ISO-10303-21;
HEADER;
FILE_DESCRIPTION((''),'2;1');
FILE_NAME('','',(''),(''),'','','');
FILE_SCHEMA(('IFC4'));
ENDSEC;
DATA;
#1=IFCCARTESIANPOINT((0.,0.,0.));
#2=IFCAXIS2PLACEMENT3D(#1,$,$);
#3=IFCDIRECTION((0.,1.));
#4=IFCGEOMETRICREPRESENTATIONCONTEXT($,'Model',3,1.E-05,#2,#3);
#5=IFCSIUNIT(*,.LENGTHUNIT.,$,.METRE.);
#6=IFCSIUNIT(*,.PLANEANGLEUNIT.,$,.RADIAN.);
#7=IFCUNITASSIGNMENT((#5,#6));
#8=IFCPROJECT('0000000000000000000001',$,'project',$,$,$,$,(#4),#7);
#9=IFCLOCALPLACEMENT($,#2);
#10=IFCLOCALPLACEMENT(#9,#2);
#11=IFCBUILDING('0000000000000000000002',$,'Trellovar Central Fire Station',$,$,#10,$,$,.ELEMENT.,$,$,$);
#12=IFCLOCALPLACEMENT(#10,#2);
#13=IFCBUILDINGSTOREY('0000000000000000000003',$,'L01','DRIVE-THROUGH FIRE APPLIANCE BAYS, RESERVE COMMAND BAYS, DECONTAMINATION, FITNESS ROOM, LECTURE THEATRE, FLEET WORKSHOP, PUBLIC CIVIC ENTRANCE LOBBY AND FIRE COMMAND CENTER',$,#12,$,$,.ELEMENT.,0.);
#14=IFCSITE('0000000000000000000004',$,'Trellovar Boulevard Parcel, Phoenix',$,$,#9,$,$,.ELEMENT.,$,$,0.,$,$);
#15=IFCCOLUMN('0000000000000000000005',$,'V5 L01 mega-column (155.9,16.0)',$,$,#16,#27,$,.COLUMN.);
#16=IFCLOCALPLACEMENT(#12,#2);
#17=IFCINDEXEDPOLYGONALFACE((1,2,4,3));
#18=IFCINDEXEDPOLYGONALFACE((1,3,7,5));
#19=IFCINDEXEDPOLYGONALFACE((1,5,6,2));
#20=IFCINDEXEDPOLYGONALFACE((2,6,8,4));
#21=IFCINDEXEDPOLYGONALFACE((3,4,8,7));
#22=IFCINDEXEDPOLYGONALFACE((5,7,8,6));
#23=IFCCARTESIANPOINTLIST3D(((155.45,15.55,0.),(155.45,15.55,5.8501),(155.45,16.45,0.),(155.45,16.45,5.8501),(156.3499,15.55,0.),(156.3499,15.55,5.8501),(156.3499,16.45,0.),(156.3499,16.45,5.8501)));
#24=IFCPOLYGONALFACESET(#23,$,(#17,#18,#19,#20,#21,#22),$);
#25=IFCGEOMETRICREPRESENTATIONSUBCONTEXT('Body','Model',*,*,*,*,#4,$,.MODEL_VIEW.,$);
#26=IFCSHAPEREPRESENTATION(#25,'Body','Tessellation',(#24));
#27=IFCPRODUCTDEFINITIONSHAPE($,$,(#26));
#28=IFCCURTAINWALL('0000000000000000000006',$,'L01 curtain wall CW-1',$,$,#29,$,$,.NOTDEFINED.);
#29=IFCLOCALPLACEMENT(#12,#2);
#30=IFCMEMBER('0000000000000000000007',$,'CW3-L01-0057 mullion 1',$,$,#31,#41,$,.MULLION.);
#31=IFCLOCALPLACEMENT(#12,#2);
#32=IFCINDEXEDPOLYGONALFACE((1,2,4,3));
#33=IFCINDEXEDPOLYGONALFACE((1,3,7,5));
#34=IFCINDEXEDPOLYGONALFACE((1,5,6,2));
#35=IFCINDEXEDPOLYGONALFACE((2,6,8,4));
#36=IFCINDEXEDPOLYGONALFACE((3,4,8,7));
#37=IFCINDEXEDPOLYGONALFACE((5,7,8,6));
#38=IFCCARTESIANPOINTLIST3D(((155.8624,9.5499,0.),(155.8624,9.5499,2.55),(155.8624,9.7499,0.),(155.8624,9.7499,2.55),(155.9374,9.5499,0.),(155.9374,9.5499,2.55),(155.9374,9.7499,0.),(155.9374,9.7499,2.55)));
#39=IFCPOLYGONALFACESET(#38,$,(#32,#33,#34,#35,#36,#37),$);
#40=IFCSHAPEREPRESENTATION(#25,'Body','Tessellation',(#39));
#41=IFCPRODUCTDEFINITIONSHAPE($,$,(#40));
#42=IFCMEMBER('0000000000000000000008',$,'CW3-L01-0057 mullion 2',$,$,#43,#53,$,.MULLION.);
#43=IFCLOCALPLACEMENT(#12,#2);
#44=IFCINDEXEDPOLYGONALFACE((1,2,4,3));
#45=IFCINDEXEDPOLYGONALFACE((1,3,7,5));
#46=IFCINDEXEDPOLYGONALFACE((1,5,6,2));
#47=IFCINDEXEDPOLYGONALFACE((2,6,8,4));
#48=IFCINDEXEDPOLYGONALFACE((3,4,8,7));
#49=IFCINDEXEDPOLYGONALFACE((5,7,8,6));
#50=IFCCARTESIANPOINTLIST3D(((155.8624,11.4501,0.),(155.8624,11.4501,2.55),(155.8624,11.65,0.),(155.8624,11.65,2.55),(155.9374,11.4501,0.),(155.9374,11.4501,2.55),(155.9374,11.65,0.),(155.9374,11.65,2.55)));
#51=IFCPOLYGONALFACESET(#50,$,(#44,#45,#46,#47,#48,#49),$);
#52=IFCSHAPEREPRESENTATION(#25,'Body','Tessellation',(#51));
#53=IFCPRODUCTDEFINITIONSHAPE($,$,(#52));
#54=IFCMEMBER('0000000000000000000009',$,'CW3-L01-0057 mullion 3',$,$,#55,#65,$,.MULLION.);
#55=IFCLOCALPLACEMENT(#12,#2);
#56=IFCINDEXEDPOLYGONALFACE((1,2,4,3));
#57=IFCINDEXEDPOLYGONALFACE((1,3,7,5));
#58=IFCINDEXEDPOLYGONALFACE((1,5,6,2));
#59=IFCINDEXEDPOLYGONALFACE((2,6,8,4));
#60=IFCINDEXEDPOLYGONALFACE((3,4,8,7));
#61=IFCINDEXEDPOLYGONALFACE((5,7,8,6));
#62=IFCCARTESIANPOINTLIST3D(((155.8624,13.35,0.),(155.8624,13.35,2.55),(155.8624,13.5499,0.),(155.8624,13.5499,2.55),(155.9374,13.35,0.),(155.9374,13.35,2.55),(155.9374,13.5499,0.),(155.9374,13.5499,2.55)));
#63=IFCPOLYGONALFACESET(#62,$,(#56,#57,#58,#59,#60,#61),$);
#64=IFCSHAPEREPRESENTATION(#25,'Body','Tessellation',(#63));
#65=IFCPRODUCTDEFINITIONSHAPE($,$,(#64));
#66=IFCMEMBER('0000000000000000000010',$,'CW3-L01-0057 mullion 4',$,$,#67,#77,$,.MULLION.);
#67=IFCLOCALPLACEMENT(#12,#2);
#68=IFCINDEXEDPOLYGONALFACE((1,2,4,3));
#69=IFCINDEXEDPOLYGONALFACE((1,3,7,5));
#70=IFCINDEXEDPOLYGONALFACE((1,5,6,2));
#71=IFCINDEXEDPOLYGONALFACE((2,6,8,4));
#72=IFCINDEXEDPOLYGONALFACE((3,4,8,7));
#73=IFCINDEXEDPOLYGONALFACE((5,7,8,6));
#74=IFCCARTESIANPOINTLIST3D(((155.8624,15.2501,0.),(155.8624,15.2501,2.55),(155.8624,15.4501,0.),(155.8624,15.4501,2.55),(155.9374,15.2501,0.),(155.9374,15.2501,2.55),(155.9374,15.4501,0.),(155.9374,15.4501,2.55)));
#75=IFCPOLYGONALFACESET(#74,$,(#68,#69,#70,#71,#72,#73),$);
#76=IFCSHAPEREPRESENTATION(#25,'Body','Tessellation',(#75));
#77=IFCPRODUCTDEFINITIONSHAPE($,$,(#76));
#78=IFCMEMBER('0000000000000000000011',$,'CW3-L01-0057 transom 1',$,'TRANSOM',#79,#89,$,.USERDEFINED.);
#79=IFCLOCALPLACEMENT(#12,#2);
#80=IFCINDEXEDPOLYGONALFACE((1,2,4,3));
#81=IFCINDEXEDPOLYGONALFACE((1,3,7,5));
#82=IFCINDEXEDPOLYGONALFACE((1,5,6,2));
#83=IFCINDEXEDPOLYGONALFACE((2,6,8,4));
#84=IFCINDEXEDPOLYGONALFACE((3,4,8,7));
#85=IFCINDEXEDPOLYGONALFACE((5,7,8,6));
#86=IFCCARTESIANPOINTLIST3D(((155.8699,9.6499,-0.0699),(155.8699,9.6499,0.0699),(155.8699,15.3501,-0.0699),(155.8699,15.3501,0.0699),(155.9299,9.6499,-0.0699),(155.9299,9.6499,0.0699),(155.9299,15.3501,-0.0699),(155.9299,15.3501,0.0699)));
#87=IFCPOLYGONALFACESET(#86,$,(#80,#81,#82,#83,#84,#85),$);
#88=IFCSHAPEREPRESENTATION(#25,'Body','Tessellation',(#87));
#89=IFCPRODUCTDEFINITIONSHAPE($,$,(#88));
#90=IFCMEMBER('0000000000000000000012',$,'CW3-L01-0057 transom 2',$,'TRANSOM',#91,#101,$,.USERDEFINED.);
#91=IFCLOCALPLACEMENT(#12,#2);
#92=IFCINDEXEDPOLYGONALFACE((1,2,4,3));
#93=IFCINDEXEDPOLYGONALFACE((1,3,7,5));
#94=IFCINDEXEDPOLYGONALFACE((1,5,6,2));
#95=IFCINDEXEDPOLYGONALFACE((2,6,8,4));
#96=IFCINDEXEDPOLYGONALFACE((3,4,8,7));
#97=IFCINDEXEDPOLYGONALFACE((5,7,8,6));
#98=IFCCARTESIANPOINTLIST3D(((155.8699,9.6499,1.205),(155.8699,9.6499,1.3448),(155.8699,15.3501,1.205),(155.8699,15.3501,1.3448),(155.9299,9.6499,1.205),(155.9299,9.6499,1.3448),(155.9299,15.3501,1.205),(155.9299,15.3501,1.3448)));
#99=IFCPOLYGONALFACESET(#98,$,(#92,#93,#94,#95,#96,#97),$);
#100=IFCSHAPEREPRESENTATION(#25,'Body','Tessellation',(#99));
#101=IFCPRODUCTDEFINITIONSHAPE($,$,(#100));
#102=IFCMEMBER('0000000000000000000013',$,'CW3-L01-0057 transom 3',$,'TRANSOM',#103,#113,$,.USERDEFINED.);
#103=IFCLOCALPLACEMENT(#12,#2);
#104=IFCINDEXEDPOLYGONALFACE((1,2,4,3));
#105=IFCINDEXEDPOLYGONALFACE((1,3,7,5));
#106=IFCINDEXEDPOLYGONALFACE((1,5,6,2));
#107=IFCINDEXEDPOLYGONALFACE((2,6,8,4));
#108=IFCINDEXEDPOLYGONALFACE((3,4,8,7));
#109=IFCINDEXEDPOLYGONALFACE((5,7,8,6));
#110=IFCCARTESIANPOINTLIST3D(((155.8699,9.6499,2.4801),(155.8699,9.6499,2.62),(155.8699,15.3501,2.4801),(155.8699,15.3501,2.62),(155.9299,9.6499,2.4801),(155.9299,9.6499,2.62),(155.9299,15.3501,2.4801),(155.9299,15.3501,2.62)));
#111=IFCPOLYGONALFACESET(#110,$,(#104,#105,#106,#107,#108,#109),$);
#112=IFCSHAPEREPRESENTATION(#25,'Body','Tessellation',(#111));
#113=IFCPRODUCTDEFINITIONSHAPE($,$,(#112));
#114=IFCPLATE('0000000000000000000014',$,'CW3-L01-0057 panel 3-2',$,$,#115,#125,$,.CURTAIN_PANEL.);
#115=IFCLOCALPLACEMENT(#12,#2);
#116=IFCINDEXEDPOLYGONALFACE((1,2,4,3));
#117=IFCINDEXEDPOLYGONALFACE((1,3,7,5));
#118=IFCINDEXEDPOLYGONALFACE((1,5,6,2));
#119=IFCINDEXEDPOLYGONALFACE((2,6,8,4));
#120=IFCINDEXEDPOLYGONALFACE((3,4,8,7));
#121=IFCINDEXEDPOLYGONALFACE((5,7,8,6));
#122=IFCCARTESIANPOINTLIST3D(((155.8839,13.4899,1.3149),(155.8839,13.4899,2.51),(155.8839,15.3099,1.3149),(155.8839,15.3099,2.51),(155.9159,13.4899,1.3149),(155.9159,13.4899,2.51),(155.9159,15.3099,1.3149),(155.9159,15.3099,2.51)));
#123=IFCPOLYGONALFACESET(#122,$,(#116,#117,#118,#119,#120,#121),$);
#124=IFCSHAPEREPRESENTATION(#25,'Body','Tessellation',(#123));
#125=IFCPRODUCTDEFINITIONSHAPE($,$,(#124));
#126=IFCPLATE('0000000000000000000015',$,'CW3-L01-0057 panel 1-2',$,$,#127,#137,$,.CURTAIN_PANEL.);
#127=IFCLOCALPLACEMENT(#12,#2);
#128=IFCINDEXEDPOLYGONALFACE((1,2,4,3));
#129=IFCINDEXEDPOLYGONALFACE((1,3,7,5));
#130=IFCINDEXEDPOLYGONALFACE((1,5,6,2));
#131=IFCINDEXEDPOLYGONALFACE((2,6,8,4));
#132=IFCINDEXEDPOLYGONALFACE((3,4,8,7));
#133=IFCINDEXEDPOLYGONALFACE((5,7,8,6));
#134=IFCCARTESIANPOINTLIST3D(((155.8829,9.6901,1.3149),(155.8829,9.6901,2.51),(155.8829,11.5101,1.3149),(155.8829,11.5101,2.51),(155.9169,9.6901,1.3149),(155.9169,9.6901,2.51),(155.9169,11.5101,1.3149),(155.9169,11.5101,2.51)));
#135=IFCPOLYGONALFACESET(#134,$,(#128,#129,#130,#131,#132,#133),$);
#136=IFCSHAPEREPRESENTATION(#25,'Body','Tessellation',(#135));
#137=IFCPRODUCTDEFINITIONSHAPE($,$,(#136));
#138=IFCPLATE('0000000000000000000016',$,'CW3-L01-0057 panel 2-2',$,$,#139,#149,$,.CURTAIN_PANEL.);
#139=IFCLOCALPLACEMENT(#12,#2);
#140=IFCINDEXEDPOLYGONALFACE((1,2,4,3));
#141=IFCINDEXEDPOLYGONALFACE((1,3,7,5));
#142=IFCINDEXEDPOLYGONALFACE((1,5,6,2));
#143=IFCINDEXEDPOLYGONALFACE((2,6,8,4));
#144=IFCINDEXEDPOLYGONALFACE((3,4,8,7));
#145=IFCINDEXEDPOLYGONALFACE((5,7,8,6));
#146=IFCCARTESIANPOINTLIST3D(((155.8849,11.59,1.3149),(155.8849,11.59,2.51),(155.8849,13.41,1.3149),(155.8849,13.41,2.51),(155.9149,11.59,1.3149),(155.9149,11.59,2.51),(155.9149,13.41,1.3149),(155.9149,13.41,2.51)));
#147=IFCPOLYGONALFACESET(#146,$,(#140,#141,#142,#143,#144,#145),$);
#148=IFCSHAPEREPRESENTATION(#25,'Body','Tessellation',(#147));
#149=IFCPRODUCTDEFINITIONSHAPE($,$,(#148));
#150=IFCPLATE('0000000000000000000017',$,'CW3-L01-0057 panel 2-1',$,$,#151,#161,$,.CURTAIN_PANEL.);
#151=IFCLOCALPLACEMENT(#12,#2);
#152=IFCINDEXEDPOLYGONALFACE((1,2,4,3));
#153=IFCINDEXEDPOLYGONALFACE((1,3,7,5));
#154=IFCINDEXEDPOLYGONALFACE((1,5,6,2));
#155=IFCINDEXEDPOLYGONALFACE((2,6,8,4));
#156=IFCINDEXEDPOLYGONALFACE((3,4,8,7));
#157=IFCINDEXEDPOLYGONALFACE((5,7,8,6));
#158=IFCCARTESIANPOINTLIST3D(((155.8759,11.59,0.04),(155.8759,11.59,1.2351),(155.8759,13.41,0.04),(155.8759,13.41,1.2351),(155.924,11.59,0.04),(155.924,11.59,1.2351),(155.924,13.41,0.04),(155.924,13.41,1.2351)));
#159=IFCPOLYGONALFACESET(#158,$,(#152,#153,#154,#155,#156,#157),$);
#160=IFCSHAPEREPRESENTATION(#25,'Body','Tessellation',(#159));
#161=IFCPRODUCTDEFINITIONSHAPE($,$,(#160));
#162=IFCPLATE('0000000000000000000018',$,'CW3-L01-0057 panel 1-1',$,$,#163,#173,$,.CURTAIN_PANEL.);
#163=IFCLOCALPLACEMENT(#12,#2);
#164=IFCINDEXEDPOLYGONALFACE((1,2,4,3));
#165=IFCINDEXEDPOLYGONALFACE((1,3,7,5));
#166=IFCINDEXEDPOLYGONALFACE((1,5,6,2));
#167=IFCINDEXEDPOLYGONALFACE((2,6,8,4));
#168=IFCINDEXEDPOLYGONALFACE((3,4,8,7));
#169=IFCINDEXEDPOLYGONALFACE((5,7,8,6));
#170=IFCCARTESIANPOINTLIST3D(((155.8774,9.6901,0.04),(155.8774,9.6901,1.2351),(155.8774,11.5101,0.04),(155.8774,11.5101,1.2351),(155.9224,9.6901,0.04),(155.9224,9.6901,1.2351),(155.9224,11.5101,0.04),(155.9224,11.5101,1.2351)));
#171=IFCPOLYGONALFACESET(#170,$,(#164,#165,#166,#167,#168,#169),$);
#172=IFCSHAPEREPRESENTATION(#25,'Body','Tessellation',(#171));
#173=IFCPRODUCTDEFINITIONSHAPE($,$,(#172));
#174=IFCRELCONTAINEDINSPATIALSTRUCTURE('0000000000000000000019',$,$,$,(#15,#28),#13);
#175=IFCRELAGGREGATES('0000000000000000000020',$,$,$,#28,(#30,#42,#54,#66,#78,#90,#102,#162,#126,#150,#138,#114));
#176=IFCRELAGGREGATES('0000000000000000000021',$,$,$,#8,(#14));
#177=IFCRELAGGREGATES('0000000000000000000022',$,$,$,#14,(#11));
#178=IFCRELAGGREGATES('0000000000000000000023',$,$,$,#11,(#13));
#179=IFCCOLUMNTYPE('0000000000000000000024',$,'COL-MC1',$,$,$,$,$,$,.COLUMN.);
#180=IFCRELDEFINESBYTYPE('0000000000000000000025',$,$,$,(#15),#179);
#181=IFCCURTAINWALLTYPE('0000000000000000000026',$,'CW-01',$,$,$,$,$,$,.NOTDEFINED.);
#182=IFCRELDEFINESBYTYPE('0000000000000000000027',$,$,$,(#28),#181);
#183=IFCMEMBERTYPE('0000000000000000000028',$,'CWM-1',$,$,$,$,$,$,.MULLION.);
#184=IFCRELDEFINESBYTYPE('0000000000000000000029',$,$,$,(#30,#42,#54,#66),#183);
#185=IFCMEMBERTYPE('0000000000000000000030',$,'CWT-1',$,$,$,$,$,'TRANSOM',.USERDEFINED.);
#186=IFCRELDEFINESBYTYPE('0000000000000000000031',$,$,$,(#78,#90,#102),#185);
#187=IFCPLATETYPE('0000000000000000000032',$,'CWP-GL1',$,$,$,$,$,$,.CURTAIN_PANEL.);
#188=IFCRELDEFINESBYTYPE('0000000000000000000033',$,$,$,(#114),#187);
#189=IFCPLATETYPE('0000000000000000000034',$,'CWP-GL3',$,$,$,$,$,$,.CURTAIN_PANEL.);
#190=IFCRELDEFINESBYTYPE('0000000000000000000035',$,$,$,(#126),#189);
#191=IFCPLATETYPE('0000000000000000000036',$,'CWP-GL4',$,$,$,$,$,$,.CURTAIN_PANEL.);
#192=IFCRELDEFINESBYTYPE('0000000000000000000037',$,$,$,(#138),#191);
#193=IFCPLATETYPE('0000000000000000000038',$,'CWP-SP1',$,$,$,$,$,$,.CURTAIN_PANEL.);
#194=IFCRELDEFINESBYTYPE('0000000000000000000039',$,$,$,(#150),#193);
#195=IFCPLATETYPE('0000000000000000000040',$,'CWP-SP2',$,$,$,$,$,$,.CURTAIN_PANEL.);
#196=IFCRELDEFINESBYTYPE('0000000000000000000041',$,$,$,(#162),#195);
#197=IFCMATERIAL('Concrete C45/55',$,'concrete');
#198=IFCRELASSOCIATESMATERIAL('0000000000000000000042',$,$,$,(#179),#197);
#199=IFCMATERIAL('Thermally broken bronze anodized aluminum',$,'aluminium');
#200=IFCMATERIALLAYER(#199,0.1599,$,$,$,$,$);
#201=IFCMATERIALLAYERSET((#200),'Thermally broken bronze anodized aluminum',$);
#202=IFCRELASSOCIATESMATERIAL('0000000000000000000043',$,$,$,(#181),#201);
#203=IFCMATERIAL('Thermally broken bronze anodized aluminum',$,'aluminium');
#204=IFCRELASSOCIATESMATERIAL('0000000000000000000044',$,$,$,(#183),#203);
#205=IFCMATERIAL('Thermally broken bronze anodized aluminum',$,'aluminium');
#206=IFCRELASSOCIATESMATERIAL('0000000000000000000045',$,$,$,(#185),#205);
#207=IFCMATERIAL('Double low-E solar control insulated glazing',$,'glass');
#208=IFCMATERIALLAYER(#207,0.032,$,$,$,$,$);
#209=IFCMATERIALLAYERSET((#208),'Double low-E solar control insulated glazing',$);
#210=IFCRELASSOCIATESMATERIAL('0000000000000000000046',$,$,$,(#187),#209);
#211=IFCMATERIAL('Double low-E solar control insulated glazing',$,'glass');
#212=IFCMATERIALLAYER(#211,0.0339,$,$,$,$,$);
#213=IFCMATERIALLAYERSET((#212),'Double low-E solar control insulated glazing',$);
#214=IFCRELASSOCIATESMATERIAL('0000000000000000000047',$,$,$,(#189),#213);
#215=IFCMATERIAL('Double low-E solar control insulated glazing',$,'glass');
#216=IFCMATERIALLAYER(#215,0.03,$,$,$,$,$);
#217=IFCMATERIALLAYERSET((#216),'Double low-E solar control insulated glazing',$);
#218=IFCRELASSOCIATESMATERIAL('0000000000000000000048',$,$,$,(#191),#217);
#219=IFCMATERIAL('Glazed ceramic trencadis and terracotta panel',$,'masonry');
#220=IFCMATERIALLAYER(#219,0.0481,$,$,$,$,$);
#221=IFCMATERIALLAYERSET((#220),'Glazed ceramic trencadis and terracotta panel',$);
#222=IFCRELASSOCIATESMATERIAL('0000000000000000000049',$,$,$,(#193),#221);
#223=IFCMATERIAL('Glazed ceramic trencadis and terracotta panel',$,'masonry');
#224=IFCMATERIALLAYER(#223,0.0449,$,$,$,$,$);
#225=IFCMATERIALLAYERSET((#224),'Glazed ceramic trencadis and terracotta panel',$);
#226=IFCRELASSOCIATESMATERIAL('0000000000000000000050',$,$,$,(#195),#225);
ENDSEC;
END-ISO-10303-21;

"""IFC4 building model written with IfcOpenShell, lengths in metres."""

from ifc_helpers import new_model, si_unit, direction, frame, origin, origin_2d, place, context, subcontext, project, spatial, rectangle, extrude, material, layer, layer_set, material_profile, profile_set, type_object, element, aggregate, save


model = new_model("IFC4")

# Units and contexts
model_context = context("Model", 3, precision=1e-05, world=origin(), true_north=direction((0.0, 1.0)))
body_context = subcontext(model_context, "Body", "Model", "MODEL_VIEW")
ifc_project = project(units=[si_unit("LENGTHUNIT", "METRE"), si_unit("PLANEANGLEUNIT", "RADIAN")], contexts=[model_context])

# Site, building, storey
site_placement = place(None, origin())
site = spatial("IfcSite", under=ifc_project, at=site_placement, Name="Trellovar Boulevard Parcel, Phoenix", CompositionType="ELEMENT", RefElevation=0.0)
building_placement = place(site_placement, origin())
building = spatial("IfcBuilding", under=site, at=building_placement, Name="Trellovar Central Fire Station", CompositionType="ELEMENT")
storey_placement = place(building_placement, origin())
storey = spatial("IfcBuildingStorey", under=building, at=storey_placement, Name="L01", Description="DRIVE-THROUGH FIRE APPLIANCE BAYS, RESERVE COMMAND BAYS, DECONTAMINATION, FITNESS ROOM, LECTURE THEATRE, FLEET WORKSHOP, PUBLIC CIVIC ENTRANCE LOBBY AND FIRE COMMAND CENTER", CompositionType="ELEMENT", Elevation=0.0)

# Column
ifc_material_1 = material(Name="Concrete C45/55", Category="concrete")
ifc_material_profile_1 = material_profile(ifc_material_1, rectangle(XDim=0.8999, YDim=0.8999, at=origin_2d()), Name="RC900X900")
ifc_profile_set_1 = profile_set([ifc_material_profile_1], Name="Concrete C45/55")
column_type_1 = type_object("IfcColumnType", Name="COL-MC1", PredefinedType="COLUMN", material=ifc_profile_set_1)
column_1_placement = place(storey_placement, frame((155.8999, 16.0, 0.0), z_axis=(0.0, 0.0, 1.0), x_axis=(1.0, 0.0, 0.0)))
element("IfcColumn", 1, at=column_1_placement, inside=storey, type_object=column_type_1, Name="V5 L01 mega-column (155.9,16.0)", PredefinedType="COLUMN", context=body_context, shape_type="SweptSolid", body=[
    extrude(rectangle(XDim=0.8999, YDim=0.8999, at=origin_2d()), origin(), (0.0, 0.0, 1.0), 5.8501),
])

# Curtain wall, members, plates
ifc_material_2 = material(Name="Thermally broken bronze anodized aluminum", Category="aluminium")
ifc_layer_1 = layer(ifc_material_2, 0.1599)
ifc_layer_set_1 = layer_set([ifc_layer_1], Name="Thermally broken bronze anodized aluminum")
curtain_wall_type = type_object("IfcCurtainWallType", Name="CW-01", PredefinedType="NOTDEFINED", material=ifc_layer_set_1)
curtain_wall_placement = place(storey_placement, origin())
curtain_wall = element("IfcCurtainWall", 2, at=curtain_wall_placement, inside=storey, type_object=curtain_wall_type, Name="L01 curtain wall CW-1", PredefinedType="NOTDEFINED")
ifc_material_3 = material(Name="Thermally broken bronze anodized aluminum", Category="aluminium")
ifc_material_profile_2 = material_profile(ifc_material_3, rectangle(XDim=0.075, YDim=0.2, at=origin_2d()), Name="ALU75X200")
ifc_profile_set_2 = profile_set([ifc_material_profile_2], Name="Thermally broken bronze anodized aluminum")
member_type_1 = type_object("IfcMemberType", Name="CWM-1", PredefinedType="MULLION", material=ifc_profile_set_2)
member_1_placement = place(storey_placement, frame((155.8999, 9.6499, 0.0), z_axis=(0.0, 0.0, 1.0), x_axis=(1.0, 0.0, 0.0)))
member_1 = element("IfcMember", 3, at=member_1_placement, type_object=member_type_1, Name="CW3-L01-0057 mullion 1", PredefinedType="MULLION", context=body_context, shape_type="SweptSolid", body=[
    extrude(rectangle(XDim=0.075, YDim=0.2, at=origin_2d()), origin(), (0.0, 0.0, 1.0), 2.55),
])
member_2_placement = place(storey_placement, frame((155.8999, 11.55, 0.0), z_axis=(0.0, 0.0, 1.0), x_axis=(1.0, 0.0, 0.0)))
member_2 = element("IfcMember", 4, at=member_2_placement, type_object=member_type_1, Name="CW3-L01-0057 mullion 2", PredefinedType="MULLION", context=body_context, shape_type="SweptSolid", body=[
    extrude(rectangle(XDim=0.075, YDim=0.2, at=origin_2d()), origin(), (0.0, 0.0, 1.0), 2.55),
])
member_3_placement = place(storey_placement, frame((155.8999, 13.45, 0.0), z_axis=(0.0, 0.0, 1.0), x_axis=(1.0, 0.0, 0.0)))
member_3 = element("IfcMember", 5, at=member_3_placement, type_object=member_type_1, Name="CW3-L01-0057 mullion 3", PredefinedType="MULLION", context=body_context, shape_type="SweptSolid", body=[
    extrude(rectangle(XDim=0.075, YDim=0.2, at=origin_2d()), origin(), (0.0, 0.0, 1.0), 2.55),
])
member_4_placement = place(storey_placement, frame((155.8999, 15.3501, 0.0), z_axis=(0.0, 0.0, 1.0), x_axis=(1.0, 0.0, 0.0)))
member_4 = element("IfcMember", 6, at=member_4_placement, type_object=member_type_1, Name="CW3-L01-0057 mullion 4", PredefinedType="MULLION", context=body_context, shape_type="SweptSolid", body=[
    extrude(rectangle(XDim=0.075, YDim=0.2, at=origin_2d()), origin(), (0.0, 0.0, 1.0), 2.55),
])
ifc_material_4 = material(Name="Thermally broken bronze anodized aluminum", Category="aluminium")
ifc_material_profile_3 = material_profile(ifc_material_4, rectangle(XDim=0.0601, YDim=0.1399, at=origin_2d()), Name="ALU60X140")
ifc_profile_set_3 = profile_set([ifc_material_profile_3], Name="Thermally broken bronze anodized aluminum")
member_type_2 = type_object("IfcMemberType", Name="CWT-1", ElementType="TRANSOM", PredefinedType="USERDEFINED", material=ifc_profile_set_3)
member_5_placement = place(storey_placement, frame((155.8999, 9.6499, 0.0), z_axis=(0.0, 1.0, 0.0), x_axis=(-1.0, 0.0, 0.0)))
member_5 = element("IfcMember", 7, at=member_5_placement, type_object=member_type_2, Name="CW3-L01-0057 transom 1", ObjectType="TRANSOM", PredefinedType="USERDEFINED", context=body_context, shape_type="SweptSolid", body=[
    extrude(rectangle(XDim=0.0601, YDim=0.1399, at=origin_2d()), origin(), (0.0, 0.0, 1.0), 5.7002),
])
member_6_placement = place(storey_placement, frame((155.8999, 9.6499, 1.2749), z_axis=(0.0, 1.0, 0.0), x_axis=(-1.0, 0.0, 0.0)))
member_6 = element("IfcMember", 8, at=member_6_placement, type_object=member_type_2, Name="CW3-L01-0057 transom 2", ObjectType="TRANSOM", PredefinedType="USERDEFINED", context=body_context, shape_type="SweptSolid", body=[
    extrude(rectangle(XDim=0.0601, YDim=0.1399, at=origin_2d()), origin(), (0.0, 0.0, 1.0), 5.7002),
])
member_7_placement = place(storey_placement, frame((155.8999, 9.6499, 2.55), z_axis=(0.0, 1.0, 0.0), x_axis=(-1.0, 0.0, 0.0)))
member_7 = element("IfcMember", 9, at=member_7_placement, type_object=member_type_2, Name="CW3-L01-0057 transom 3", ObjectType="TRANSOM", PredefinedType="USERDEFINED", context=body_context, shape_type="SweptSolid", body=[
    extrude(rectangle(XDim=0.0601, YDim=0.1399, at=origin_2d()), origin(), (0.0, 0.0, 1.0), 5.7002),
])
ifc_material_5 = material(Name="Double low-E solar control insulated glazing", Category="glass")
ifc_layer_2 = layer(ifc_material_5, 0.032)
ifc_layer_set_2 = layer_set([ifc_layer_2], Name="Double low-E solar control insulated glazing")
plate_type_1 = type_object("IfcPlateType", Name="CWP-GL1", PredefinedType="CURTAIN_PANEL", material=ifc_layer_set_2)
plate_1_placement = place(storey_placement, frame((155.8999, 14.3999, 1.3149), z_axis=(0.0, 0.0, 1.0), x_axis=(0.0, 1.0, 0.0)))
plate_1 = element("IfcPlate", 10, at=plate_1_placement, type_object=plate_type_1, Name="CW3-L01-0057 panel 3-2", PredefinedType="CURTAIN_PANEL", context=body_context, shape_type="SweptSolid", body=[
    extrude(rectangle(XDim=1.8201, YDim=0.032, at=origin_2d()), origin(), (0.0, 0.0, 1.0), 1.1951),
])
ifc_material_6 = material(Name="Double low-E solar control insulated glazing", Category="glass")
ifc_layer_3 = layer(ifc_material_6, 0.0339)
ifc_layer_set_3 = layer_set([ifc_layer_3], Name="Double low-E solar control insulated glazing")
plate_type_2 = type_object("IfcPlateType", Name="CWP-GL3", PredefinedType="CURTAIN_PANEL", material=ifc_layer_set_3)
plate_2_placement = place(storey_placement, frame((155.8999, 10.6001, 1.3149), z_axis=(0.0, 0.0, 1.0), x_axis=(0.0, 1.0, 0.0)))
plate_2 = element("IfcPlate", 11, at=plate_2_placement, type_object=plate_type_2, Name="CW3-L01-0057 panel 1-2", PredefinedType="CURTAIN_PANEL", context=body_context, shape_type="SweptSolid", body=[
    extrude(rectangle(XDim=1.8201, YDim=0.0339, at=origin_2d()), origin(), (0.0, 0.0, 1.0), 1.1951),
])
ifc_material_7 = material(Name="Double low-E solar control insulated glazing", Category="glass")
ifc_layer_4 = layer(ifc_material_7, 0.03)
ifc_layer_set_4 = layer_set([ifc_layer_4], Name="Double low-E solar control insulated glazing")
plate_type_3 = type_object("IfcPlateType", Name="CWP-GL4", PredefinedType="CURTAIN_PANEL", material=ifc_layer_set_4)
plate_3_placement = place(storey_placement, frame((155.8999, 12.5, 1.3149), z_axis=(0.0, 0.0, 1.0), x_axis=(0.0, 1.0, 0.0)))
plate_3 = element("IfcPlate", 12, at=plate_3_placement, type_object=plate_type_3, Name="CW3-L01-0057 panel 2-2", PredefinedType="CURTAIN_PANEL", context=body_context, shape_type="SweptSolid", body=[
    extrude(rectangle(XDim=1.8201, YDim=0.03, at=origin_2d()), origin(), (0.0, 0.0, 1.0), 1.1951),
])
ifc_material_8 = material(Name="Glazed ceramic trencadis and terracotta panel", Category="masonry")
ifc_layer_5 = layer(ifc_material_8, 0.0481)
ifc_layer_set_5 = layer_set([ifc_layer_5], Name="Glazed ceramic trencadis and terracotta panel")
plate_type_4 = type_object("IfcPlateType", Name="CWP-SP1", PredefinedType="CURTAIN_PANEL", material=ifc_layer_set_5)
plate_4_placement = place(storey_placement, frame((155.8999, 12.5, 0.04), z_axis=(0.0, 0.0, 1.0), x_axis=(0.0, 1.0, 0.0)))
plate_4 = element("IfcPlate", 13, at=plate_4_placement, type_object=plate_type_4, Name="CW3-L01-0057 panel 2-1", PredefinedType="CURTAIN_PANEL", context=body_context, shape_type="SweptSolid", body=[
    extrude(rectangle(XDim=1.8201, YDim=0.0481, at=origin_2d()), origin(), (0.0, 0.0, 1.0), 1.1951),
])
ifc_material_9 = material(Name="Glazed ceramic trencadis and terracotta panel", Category="masonry")
ifc_layer_6 = layer(ifc_material_9, 0.0449)
ifc_layer_set_6 = layer_set([ifc_layer_6], Name="Glazed ceramic trencadis and terracotta panel")
plate_type_5 = type_object("IfcPlateType", Name="CWP-SP2", PredefinedType="CURTAIN_PANEL", material=ifc_layer_set_6)
plate_5_placement = place(storey_placement, frame((155.8999, 10.6001, 0.04), z_axis=(0.0, 0.0, 1.0), x_axis=(0.0, 1.0, 0.0)))
plate_5 = element("IfcPlate", 14, at=plate_5_placement, type_object=plate_type_5, Name="CW3-L01-0057 panel 1-1", PredefinedType="CURTAIN_PANEL", context=body_context, shape_type="SweptSolid", body=[
    extrude(rectangle(XDim=1.8201, YDim=0.0449, at=origin_2d()), origin(), (0.0, 0.0, 1.0), 1.1951),
])
aggregate(curtain_wall, [member_1, member_2, member_3, member_4, member_5, member_6, member_7, plate_5, plate_2, plate_4, plate_3, plate_1])

save(model, "model.ifc")
